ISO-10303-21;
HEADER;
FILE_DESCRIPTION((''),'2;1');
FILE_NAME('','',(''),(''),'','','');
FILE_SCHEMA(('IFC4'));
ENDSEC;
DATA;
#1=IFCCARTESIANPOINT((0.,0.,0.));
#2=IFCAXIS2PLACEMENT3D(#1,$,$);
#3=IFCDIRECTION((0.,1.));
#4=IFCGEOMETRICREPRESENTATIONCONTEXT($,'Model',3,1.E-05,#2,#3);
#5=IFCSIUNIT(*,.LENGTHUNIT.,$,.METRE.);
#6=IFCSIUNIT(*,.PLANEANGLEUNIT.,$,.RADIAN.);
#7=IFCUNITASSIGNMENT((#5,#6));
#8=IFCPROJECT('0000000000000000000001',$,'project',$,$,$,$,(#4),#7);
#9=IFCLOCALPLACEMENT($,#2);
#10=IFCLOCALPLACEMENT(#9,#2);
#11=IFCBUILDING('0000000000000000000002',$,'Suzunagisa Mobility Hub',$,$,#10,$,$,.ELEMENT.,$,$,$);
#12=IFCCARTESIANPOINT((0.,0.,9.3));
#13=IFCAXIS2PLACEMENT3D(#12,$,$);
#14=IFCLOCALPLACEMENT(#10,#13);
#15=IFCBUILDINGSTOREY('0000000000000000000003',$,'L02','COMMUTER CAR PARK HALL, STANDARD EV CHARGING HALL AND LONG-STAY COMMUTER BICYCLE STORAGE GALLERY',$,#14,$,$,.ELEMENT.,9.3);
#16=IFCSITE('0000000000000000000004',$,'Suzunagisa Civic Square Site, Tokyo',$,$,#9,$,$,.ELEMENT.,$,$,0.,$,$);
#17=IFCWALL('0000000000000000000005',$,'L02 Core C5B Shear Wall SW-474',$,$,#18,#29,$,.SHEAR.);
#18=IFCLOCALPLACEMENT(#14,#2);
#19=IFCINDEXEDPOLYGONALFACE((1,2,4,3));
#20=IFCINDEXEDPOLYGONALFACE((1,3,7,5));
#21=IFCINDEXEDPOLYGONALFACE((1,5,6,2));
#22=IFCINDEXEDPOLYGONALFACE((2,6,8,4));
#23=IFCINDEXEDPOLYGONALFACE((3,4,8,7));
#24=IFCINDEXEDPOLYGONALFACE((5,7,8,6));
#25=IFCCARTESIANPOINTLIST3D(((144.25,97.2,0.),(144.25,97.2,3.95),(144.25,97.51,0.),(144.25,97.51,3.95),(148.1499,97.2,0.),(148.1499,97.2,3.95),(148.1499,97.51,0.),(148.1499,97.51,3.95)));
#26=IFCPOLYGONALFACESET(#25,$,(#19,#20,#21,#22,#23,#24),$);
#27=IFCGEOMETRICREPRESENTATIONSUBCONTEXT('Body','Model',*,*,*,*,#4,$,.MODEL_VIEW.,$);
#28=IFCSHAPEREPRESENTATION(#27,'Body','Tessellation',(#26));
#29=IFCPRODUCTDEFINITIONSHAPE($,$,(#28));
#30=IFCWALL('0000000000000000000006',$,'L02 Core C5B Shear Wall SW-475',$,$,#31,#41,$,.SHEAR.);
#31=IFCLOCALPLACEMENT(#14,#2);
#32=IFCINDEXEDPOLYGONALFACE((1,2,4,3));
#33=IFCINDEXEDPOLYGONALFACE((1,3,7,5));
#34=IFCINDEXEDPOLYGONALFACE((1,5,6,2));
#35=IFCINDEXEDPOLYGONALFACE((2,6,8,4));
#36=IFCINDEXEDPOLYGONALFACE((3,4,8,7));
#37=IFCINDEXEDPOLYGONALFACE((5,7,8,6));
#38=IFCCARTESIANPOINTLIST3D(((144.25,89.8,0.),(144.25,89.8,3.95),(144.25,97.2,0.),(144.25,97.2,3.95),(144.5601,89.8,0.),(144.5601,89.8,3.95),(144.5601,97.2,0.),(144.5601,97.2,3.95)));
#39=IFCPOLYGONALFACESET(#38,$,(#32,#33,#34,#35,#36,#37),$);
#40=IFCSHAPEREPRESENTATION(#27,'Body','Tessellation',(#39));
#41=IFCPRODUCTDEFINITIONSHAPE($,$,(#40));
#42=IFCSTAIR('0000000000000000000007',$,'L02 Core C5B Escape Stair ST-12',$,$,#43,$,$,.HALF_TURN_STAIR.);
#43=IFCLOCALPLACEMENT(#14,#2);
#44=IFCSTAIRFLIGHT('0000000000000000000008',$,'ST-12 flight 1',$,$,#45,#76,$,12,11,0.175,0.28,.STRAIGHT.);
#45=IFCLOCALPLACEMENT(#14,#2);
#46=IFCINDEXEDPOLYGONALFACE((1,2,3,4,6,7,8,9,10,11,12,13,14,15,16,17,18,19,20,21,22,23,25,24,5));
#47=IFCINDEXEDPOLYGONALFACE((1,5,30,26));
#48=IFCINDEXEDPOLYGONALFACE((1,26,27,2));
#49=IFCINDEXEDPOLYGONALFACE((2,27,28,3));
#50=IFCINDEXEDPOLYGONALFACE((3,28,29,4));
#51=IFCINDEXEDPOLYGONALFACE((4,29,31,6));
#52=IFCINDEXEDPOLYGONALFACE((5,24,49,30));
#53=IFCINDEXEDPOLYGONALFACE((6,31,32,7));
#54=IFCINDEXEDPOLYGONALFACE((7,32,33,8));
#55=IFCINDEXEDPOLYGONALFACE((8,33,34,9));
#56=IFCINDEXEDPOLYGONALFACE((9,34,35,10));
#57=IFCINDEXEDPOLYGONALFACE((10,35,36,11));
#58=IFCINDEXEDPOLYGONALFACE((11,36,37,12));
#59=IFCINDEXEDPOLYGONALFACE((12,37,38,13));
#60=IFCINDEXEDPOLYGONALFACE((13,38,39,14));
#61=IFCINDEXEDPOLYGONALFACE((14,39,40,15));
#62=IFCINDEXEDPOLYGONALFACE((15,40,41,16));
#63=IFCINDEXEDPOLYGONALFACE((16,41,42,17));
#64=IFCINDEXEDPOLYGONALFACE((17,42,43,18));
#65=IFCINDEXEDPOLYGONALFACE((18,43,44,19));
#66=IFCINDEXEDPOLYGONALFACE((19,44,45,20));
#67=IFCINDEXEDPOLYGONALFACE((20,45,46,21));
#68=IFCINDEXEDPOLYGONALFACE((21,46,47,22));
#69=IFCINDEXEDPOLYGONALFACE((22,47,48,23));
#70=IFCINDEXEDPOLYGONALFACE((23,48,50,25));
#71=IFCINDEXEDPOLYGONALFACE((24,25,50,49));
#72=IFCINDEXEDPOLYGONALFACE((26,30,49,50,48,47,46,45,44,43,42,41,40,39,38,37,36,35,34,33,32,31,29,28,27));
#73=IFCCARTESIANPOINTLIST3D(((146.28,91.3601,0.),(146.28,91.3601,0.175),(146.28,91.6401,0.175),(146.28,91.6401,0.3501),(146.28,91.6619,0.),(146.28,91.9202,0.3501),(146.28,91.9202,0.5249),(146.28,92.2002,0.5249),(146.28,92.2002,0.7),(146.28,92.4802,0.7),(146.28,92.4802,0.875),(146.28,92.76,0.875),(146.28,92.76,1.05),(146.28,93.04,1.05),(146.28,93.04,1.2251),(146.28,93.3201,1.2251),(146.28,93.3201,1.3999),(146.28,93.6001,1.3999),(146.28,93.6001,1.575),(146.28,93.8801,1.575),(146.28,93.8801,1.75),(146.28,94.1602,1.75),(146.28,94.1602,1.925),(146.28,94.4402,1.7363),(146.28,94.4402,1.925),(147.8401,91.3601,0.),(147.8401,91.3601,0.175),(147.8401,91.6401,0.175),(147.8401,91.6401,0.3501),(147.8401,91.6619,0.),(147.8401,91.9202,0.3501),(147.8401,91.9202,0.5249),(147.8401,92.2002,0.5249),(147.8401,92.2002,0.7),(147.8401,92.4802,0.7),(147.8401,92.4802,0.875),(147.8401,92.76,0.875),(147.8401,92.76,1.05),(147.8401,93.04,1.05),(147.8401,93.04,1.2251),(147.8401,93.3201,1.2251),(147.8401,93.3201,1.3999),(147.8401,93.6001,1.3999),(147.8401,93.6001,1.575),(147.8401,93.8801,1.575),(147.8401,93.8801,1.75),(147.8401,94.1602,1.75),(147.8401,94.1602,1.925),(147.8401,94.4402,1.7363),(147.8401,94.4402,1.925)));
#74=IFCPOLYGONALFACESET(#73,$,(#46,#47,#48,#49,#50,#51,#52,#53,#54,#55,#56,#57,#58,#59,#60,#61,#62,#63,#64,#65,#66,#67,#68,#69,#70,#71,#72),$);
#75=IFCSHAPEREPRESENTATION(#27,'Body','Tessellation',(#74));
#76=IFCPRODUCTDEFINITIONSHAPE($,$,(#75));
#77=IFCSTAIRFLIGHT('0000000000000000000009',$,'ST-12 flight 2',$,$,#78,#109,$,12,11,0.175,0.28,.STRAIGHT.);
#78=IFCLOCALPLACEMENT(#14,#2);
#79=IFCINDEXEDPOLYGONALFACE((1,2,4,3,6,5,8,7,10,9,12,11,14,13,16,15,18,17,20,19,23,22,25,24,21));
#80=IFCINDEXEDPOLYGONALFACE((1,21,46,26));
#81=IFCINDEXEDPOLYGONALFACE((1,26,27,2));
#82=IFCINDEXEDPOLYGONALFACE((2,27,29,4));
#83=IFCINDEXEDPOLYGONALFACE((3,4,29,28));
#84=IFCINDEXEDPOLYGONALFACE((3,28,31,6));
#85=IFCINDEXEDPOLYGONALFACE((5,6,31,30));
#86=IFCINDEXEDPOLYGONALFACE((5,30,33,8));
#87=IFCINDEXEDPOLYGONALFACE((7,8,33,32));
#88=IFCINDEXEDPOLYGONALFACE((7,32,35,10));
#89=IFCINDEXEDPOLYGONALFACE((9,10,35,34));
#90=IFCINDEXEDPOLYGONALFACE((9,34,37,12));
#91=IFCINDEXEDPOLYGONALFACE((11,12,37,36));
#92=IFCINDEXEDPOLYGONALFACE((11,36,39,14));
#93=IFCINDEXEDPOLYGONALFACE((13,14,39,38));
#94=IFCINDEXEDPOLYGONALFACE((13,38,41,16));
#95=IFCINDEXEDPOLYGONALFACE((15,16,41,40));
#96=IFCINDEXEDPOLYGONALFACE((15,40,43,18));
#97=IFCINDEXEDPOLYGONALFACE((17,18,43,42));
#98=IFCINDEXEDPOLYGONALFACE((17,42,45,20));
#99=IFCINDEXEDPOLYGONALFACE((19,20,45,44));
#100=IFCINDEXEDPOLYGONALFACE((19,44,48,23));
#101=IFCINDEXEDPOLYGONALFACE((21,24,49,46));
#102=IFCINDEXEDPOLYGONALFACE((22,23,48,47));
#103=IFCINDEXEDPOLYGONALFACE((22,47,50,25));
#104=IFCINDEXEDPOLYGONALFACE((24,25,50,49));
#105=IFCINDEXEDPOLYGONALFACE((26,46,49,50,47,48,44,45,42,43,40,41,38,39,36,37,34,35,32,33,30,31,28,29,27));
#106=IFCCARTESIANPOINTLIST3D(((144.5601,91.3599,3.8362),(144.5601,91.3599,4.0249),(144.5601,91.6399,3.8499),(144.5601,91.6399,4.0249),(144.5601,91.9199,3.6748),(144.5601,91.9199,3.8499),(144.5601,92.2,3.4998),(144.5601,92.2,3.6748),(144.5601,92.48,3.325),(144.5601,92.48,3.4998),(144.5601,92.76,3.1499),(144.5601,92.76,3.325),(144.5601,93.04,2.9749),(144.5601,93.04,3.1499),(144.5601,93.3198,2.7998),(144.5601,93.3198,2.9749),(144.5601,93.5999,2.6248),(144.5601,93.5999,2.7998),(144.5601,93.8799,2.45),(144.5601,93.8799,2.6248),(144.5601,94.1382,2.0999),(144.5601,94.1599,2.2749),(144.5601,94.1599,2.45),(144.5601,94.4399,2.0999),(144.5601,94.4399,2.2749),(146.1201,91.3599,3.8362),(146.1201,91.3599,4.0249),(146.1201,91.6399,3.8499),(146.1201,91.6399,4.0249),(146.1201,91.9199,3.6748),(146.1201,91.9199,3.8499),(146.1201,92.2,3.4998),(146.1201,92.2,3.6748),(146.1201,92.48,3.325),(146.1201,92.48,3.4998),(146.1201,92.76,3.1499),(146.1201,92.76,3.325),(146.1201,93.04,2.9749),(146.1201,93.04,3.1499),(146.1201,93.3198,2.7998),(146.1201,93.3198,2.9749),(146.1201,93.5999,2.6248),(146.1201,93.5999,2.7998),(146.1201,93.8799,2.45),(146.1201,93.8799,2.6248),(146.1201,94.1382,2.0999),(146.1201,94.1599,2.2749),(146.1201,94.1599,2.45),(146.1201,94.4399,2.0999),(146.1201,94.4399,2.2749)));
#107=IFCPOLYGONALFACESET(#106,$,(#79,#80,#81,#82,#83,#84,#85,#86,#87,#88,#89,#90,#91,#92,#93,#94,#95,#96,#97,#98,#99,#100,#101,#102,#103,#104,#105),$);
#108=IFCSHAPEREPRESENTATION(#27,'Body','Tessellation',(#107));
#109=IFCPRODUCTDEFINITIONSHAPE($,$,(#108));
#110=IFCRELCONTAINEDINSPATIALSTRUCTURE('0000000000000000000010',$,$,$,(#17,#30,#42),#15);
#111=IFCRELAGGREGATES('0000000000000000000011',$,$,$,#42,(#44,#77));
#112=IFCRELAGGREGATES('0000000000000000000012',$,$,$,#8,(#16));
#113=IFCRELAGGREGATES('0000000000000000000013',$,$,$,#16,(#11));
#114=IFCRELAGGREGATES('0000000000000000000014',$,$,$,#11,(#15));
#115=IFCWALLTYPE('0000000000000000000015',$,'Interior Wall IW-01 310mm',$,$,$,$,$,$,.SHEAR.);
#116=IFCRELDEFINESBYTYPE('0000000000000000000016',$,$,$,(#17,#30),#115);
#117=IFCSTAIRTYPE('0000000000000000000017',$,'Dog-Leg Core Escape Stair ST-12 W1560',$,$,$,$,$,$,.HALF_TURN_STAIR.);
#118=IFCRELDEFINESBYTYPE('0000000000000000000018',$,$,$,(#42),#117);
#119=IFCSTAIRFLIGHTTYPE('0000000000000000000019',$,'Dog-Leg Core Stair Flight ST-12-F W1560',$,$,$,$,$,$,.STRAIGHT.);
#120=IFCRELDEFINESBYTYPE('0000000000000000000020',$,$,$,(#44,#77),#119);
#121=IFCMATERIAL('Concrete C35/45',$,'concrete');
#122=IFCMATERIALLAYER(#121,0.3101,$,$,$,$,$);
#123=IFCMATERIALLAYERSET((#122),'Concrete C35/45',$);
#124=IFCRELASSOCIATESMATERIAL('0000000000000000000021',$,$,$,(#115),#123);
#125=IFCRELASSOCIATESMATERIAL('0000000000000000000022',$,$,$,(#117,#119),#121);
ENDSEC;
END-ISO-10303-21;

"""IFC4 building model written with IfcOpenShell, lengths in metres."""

from ifc_helpers import new_model, si_unit, direction, frame, frame_2d, origin, place, context, subcontext, project, spatial, polyline, rectangle, outline, extrude, material, layer, layer_set, type_object, element, aggregate, save


model = new_model("IFC4")

# Units and contexts
model_context = context("Model", 3, precision=1e-05, world=origin(), true_north=direction((0.0, 1.0)))
body_context = subcontext(model_context, "Body", "Model", "MODEL_VIEW")
ifc_project = project(units=[si_unit("LENGTHUNIT", "METRE"), si_unit("PLANEANGLEUNIT", "RADIAN")], contexts=[model_context])

# Site, building, storey
site_placement = place(None, origin())
site = spatial("IfcSite", under=ifc_project, at=site_placement, Name="Suzunagisa Civic Square Site, Tokyo", CompositionType="ELEMENT", RefElevation=0.0)
building_placement = place(site_placement, origin())
building = spatial("IfcBuilding", under=site, at=building_placement, Name="Suzunagisa Mobility Hub", CompositionType="ELEMENT")
storey_placement = place(building_placement, frame((0.0, 0.0, 9.3)))
storey = spatial("IfcBuildingStorey", under=building, at=storey_placement, Name="L02", Description="COMMUTER CAR PARK HALL, STANDARD EV CHARGING HALL AND LONG-STAY COMMUTER BICYCLE STORAGE GALLERY", CompositionType="ELEMENT", Elevation=9.3)

# Walls
ifc_material_1 = material(Name="Concrete C35/45", Category="concrete")
ifc_layer_1 = layer(ifc_material_1, 0.3101)
ifc_layer_set_1 = layer_set([ifc_layer_1], Name="Concrete C35/45")
wall_type_1 = type_object("IfcWallType", Name="Interior Wall IW-01 310mm", PredefinedType="SHEAR", material=ifc_layer_set_1)
wall_1_placement = place(storey_placement, frame((144.25, 97.355, 0.0), z_axis=(0.0, 0.0, 1.0), x_axis=(1.0, 0.0, 0.0)))
element("IfcWall", 1, at=wall_1_placement, inside=storey, type_object=wall_type_1, Name="L02 Core C5B Shear Wall SW-474", PredefinedType="SHEAR", context=body_context, shape_type="SweptSolid", body=[
    extrude(rectangle(XDim=3.8999, YDim=0.3101, at=frame_2d((1.95, 0.0))), origin(), (0.0, 0.0, 1.0), 3.95),
])
wall_2_placement = place(storey_placement, frame((144.405, 89.8, 0.0), z_axis=(0.0, 0.0, 1.0), x_axis=(0.0, 1.0, 0.0)))
element("IfcWall", 2, at=wall_2_placement, inside=storey, type_object=wall_type_1, Name="L02 Core C5B Shear Wall SW-475", PredefinedType="SHEAR", context=body_context, shape_type="SweptSolid", body=[
    extrude(rectangle(XDim=7.3999, YDim=0.3101, at=frame_2d((3.7, 0.0))), origin(), (0.0, 0.0, 1.0), 3.95),
])

# Stair, stair flights
stair_type = type_object("IfcStairType", Name="Dog-Leg Core Escape Stair ST-12 W1560", PredefinedType="HALF_TURN_STAIR", material=ifc_material_1)
stair_placement = place(storey_placement, origin())
stair = element("IfcStair", 3, at=stair_placement, inside=storey, type_object=stair_type, Name="L02 Core C5B Escape Stair ST-12", PredefinedType="HALF_TURN_STAIR")
stair_flight_type = type_object("IfcStairFlightType", Name="Dog-Leg Core Stair Flight ST-12-F W1560", PredefinedType="STRAIGHT", material=ifc_material_1)
stair_flight_1_placement = place(storey_placement, frame((147.0601, 91.3601, 0.0), z_axis=(0.0, 0.0, 1.0), x_axis=(0.0, 1.0, 0.0)))
stair_flight_1 = element("IfcStairFlight", 4, at=stair_flight_1_placement, type_object=stair_flight_type, Name="ST-12 flight 1", NumberOfRisers=12, NumberOfTreads=11, PredefinedType="STRAIGHT", RiserHeight=0.175, TreadLength=0.28, context=body_context, shape_type="SweptSolid", body=[
    extrude(outline(polyline([(0.0, 0.0), (0.0, 0.175), (0.28, 0.175), (0.28, 0.3501), (0.5601, 0.3501), (0.5601, 0.5249), (0.8401, 0.5249), (0.8401, 0.7), (1.1201, 0.7), (1.1201, 0.875), (1.3999, 0.875), (1.3999, 1.05), (1.6799, 1.05), (1.6799, 1.2251), (1.96, 1.2251), (1.96, 1.3999), (2.24, 1.3999), (2.24, 1.575), (2.52, 1.575), (2.52, 1.75), (2.8, 1.75), (2.8, 1.925), (3.0801, 1.925), (3.0801, 2.1001), (3.0801, 1.7363), (0.3018, 0.0), (0.0, 0.0)])), frame((0.0, 0.78, 0.0), z_axis=(0.0, -1.0, 0.0), x_axis=(1.0, 0.0, 0.0)), (0.0, 0.0, 1.0), 1.5601),
])
stair_flight_2_placement = place(storey_placement, frame((145.3401, 94.4399, 2.0999), z_axis=(0.0, 0.0, 1.0), x_axis=(0.0, -1.0, 0.0)))
stair_flight_2 = element("IfcStairFlight", 5, at=stair_flight_2_placement, type_object=stair_flight_type, Name="ST-12 flight 2", NumberOfRisers=12, NumberOfTreads=11, PredefinedType="STRAIGHT", RiserHeight=0.175, TreadLength=0.28, context=body_context, shape_type="SweptSolid", body=[
    extrude(outline(polyline([(0.0, 0.0), (0.0, 0.175), (0.28, 0.175), (0.28, 0.3501), (0.5601, 0.3501), (0.5601, 0.5249), (0.8401, 0.5249), (0.8401, 0.7), (1.1201, 0.7), (1.1201, 0.875), (1.3999, 0.875), (1.3999, 1.05), (1.6799, 1.05), (1.6799, 1.2251), (1.96, 1.2251), (1.96, 1.3999), (2.24, 1.3999), (2.24, 1.575), (2.52, 1.575), (2.52, 1.75), (2.8, 1.75), (2.8, 1.925), (3.0801, 1.925), (3.0801, 2.1001), (3.0801, 1.7363), (0.3018, 0.0), (0.0, 0.0)])), frame((0.0, 0.78, 0.0), z_axis=(0.0, -1.0, 0.0), x_axis=(1.0, 0.0, 0.0)), (0.0, 0.0, 1.0), 1.5601),
])
aggregate(stair, [stair_flight_1, stair_flight_2])

save(model, "model.ifc")
